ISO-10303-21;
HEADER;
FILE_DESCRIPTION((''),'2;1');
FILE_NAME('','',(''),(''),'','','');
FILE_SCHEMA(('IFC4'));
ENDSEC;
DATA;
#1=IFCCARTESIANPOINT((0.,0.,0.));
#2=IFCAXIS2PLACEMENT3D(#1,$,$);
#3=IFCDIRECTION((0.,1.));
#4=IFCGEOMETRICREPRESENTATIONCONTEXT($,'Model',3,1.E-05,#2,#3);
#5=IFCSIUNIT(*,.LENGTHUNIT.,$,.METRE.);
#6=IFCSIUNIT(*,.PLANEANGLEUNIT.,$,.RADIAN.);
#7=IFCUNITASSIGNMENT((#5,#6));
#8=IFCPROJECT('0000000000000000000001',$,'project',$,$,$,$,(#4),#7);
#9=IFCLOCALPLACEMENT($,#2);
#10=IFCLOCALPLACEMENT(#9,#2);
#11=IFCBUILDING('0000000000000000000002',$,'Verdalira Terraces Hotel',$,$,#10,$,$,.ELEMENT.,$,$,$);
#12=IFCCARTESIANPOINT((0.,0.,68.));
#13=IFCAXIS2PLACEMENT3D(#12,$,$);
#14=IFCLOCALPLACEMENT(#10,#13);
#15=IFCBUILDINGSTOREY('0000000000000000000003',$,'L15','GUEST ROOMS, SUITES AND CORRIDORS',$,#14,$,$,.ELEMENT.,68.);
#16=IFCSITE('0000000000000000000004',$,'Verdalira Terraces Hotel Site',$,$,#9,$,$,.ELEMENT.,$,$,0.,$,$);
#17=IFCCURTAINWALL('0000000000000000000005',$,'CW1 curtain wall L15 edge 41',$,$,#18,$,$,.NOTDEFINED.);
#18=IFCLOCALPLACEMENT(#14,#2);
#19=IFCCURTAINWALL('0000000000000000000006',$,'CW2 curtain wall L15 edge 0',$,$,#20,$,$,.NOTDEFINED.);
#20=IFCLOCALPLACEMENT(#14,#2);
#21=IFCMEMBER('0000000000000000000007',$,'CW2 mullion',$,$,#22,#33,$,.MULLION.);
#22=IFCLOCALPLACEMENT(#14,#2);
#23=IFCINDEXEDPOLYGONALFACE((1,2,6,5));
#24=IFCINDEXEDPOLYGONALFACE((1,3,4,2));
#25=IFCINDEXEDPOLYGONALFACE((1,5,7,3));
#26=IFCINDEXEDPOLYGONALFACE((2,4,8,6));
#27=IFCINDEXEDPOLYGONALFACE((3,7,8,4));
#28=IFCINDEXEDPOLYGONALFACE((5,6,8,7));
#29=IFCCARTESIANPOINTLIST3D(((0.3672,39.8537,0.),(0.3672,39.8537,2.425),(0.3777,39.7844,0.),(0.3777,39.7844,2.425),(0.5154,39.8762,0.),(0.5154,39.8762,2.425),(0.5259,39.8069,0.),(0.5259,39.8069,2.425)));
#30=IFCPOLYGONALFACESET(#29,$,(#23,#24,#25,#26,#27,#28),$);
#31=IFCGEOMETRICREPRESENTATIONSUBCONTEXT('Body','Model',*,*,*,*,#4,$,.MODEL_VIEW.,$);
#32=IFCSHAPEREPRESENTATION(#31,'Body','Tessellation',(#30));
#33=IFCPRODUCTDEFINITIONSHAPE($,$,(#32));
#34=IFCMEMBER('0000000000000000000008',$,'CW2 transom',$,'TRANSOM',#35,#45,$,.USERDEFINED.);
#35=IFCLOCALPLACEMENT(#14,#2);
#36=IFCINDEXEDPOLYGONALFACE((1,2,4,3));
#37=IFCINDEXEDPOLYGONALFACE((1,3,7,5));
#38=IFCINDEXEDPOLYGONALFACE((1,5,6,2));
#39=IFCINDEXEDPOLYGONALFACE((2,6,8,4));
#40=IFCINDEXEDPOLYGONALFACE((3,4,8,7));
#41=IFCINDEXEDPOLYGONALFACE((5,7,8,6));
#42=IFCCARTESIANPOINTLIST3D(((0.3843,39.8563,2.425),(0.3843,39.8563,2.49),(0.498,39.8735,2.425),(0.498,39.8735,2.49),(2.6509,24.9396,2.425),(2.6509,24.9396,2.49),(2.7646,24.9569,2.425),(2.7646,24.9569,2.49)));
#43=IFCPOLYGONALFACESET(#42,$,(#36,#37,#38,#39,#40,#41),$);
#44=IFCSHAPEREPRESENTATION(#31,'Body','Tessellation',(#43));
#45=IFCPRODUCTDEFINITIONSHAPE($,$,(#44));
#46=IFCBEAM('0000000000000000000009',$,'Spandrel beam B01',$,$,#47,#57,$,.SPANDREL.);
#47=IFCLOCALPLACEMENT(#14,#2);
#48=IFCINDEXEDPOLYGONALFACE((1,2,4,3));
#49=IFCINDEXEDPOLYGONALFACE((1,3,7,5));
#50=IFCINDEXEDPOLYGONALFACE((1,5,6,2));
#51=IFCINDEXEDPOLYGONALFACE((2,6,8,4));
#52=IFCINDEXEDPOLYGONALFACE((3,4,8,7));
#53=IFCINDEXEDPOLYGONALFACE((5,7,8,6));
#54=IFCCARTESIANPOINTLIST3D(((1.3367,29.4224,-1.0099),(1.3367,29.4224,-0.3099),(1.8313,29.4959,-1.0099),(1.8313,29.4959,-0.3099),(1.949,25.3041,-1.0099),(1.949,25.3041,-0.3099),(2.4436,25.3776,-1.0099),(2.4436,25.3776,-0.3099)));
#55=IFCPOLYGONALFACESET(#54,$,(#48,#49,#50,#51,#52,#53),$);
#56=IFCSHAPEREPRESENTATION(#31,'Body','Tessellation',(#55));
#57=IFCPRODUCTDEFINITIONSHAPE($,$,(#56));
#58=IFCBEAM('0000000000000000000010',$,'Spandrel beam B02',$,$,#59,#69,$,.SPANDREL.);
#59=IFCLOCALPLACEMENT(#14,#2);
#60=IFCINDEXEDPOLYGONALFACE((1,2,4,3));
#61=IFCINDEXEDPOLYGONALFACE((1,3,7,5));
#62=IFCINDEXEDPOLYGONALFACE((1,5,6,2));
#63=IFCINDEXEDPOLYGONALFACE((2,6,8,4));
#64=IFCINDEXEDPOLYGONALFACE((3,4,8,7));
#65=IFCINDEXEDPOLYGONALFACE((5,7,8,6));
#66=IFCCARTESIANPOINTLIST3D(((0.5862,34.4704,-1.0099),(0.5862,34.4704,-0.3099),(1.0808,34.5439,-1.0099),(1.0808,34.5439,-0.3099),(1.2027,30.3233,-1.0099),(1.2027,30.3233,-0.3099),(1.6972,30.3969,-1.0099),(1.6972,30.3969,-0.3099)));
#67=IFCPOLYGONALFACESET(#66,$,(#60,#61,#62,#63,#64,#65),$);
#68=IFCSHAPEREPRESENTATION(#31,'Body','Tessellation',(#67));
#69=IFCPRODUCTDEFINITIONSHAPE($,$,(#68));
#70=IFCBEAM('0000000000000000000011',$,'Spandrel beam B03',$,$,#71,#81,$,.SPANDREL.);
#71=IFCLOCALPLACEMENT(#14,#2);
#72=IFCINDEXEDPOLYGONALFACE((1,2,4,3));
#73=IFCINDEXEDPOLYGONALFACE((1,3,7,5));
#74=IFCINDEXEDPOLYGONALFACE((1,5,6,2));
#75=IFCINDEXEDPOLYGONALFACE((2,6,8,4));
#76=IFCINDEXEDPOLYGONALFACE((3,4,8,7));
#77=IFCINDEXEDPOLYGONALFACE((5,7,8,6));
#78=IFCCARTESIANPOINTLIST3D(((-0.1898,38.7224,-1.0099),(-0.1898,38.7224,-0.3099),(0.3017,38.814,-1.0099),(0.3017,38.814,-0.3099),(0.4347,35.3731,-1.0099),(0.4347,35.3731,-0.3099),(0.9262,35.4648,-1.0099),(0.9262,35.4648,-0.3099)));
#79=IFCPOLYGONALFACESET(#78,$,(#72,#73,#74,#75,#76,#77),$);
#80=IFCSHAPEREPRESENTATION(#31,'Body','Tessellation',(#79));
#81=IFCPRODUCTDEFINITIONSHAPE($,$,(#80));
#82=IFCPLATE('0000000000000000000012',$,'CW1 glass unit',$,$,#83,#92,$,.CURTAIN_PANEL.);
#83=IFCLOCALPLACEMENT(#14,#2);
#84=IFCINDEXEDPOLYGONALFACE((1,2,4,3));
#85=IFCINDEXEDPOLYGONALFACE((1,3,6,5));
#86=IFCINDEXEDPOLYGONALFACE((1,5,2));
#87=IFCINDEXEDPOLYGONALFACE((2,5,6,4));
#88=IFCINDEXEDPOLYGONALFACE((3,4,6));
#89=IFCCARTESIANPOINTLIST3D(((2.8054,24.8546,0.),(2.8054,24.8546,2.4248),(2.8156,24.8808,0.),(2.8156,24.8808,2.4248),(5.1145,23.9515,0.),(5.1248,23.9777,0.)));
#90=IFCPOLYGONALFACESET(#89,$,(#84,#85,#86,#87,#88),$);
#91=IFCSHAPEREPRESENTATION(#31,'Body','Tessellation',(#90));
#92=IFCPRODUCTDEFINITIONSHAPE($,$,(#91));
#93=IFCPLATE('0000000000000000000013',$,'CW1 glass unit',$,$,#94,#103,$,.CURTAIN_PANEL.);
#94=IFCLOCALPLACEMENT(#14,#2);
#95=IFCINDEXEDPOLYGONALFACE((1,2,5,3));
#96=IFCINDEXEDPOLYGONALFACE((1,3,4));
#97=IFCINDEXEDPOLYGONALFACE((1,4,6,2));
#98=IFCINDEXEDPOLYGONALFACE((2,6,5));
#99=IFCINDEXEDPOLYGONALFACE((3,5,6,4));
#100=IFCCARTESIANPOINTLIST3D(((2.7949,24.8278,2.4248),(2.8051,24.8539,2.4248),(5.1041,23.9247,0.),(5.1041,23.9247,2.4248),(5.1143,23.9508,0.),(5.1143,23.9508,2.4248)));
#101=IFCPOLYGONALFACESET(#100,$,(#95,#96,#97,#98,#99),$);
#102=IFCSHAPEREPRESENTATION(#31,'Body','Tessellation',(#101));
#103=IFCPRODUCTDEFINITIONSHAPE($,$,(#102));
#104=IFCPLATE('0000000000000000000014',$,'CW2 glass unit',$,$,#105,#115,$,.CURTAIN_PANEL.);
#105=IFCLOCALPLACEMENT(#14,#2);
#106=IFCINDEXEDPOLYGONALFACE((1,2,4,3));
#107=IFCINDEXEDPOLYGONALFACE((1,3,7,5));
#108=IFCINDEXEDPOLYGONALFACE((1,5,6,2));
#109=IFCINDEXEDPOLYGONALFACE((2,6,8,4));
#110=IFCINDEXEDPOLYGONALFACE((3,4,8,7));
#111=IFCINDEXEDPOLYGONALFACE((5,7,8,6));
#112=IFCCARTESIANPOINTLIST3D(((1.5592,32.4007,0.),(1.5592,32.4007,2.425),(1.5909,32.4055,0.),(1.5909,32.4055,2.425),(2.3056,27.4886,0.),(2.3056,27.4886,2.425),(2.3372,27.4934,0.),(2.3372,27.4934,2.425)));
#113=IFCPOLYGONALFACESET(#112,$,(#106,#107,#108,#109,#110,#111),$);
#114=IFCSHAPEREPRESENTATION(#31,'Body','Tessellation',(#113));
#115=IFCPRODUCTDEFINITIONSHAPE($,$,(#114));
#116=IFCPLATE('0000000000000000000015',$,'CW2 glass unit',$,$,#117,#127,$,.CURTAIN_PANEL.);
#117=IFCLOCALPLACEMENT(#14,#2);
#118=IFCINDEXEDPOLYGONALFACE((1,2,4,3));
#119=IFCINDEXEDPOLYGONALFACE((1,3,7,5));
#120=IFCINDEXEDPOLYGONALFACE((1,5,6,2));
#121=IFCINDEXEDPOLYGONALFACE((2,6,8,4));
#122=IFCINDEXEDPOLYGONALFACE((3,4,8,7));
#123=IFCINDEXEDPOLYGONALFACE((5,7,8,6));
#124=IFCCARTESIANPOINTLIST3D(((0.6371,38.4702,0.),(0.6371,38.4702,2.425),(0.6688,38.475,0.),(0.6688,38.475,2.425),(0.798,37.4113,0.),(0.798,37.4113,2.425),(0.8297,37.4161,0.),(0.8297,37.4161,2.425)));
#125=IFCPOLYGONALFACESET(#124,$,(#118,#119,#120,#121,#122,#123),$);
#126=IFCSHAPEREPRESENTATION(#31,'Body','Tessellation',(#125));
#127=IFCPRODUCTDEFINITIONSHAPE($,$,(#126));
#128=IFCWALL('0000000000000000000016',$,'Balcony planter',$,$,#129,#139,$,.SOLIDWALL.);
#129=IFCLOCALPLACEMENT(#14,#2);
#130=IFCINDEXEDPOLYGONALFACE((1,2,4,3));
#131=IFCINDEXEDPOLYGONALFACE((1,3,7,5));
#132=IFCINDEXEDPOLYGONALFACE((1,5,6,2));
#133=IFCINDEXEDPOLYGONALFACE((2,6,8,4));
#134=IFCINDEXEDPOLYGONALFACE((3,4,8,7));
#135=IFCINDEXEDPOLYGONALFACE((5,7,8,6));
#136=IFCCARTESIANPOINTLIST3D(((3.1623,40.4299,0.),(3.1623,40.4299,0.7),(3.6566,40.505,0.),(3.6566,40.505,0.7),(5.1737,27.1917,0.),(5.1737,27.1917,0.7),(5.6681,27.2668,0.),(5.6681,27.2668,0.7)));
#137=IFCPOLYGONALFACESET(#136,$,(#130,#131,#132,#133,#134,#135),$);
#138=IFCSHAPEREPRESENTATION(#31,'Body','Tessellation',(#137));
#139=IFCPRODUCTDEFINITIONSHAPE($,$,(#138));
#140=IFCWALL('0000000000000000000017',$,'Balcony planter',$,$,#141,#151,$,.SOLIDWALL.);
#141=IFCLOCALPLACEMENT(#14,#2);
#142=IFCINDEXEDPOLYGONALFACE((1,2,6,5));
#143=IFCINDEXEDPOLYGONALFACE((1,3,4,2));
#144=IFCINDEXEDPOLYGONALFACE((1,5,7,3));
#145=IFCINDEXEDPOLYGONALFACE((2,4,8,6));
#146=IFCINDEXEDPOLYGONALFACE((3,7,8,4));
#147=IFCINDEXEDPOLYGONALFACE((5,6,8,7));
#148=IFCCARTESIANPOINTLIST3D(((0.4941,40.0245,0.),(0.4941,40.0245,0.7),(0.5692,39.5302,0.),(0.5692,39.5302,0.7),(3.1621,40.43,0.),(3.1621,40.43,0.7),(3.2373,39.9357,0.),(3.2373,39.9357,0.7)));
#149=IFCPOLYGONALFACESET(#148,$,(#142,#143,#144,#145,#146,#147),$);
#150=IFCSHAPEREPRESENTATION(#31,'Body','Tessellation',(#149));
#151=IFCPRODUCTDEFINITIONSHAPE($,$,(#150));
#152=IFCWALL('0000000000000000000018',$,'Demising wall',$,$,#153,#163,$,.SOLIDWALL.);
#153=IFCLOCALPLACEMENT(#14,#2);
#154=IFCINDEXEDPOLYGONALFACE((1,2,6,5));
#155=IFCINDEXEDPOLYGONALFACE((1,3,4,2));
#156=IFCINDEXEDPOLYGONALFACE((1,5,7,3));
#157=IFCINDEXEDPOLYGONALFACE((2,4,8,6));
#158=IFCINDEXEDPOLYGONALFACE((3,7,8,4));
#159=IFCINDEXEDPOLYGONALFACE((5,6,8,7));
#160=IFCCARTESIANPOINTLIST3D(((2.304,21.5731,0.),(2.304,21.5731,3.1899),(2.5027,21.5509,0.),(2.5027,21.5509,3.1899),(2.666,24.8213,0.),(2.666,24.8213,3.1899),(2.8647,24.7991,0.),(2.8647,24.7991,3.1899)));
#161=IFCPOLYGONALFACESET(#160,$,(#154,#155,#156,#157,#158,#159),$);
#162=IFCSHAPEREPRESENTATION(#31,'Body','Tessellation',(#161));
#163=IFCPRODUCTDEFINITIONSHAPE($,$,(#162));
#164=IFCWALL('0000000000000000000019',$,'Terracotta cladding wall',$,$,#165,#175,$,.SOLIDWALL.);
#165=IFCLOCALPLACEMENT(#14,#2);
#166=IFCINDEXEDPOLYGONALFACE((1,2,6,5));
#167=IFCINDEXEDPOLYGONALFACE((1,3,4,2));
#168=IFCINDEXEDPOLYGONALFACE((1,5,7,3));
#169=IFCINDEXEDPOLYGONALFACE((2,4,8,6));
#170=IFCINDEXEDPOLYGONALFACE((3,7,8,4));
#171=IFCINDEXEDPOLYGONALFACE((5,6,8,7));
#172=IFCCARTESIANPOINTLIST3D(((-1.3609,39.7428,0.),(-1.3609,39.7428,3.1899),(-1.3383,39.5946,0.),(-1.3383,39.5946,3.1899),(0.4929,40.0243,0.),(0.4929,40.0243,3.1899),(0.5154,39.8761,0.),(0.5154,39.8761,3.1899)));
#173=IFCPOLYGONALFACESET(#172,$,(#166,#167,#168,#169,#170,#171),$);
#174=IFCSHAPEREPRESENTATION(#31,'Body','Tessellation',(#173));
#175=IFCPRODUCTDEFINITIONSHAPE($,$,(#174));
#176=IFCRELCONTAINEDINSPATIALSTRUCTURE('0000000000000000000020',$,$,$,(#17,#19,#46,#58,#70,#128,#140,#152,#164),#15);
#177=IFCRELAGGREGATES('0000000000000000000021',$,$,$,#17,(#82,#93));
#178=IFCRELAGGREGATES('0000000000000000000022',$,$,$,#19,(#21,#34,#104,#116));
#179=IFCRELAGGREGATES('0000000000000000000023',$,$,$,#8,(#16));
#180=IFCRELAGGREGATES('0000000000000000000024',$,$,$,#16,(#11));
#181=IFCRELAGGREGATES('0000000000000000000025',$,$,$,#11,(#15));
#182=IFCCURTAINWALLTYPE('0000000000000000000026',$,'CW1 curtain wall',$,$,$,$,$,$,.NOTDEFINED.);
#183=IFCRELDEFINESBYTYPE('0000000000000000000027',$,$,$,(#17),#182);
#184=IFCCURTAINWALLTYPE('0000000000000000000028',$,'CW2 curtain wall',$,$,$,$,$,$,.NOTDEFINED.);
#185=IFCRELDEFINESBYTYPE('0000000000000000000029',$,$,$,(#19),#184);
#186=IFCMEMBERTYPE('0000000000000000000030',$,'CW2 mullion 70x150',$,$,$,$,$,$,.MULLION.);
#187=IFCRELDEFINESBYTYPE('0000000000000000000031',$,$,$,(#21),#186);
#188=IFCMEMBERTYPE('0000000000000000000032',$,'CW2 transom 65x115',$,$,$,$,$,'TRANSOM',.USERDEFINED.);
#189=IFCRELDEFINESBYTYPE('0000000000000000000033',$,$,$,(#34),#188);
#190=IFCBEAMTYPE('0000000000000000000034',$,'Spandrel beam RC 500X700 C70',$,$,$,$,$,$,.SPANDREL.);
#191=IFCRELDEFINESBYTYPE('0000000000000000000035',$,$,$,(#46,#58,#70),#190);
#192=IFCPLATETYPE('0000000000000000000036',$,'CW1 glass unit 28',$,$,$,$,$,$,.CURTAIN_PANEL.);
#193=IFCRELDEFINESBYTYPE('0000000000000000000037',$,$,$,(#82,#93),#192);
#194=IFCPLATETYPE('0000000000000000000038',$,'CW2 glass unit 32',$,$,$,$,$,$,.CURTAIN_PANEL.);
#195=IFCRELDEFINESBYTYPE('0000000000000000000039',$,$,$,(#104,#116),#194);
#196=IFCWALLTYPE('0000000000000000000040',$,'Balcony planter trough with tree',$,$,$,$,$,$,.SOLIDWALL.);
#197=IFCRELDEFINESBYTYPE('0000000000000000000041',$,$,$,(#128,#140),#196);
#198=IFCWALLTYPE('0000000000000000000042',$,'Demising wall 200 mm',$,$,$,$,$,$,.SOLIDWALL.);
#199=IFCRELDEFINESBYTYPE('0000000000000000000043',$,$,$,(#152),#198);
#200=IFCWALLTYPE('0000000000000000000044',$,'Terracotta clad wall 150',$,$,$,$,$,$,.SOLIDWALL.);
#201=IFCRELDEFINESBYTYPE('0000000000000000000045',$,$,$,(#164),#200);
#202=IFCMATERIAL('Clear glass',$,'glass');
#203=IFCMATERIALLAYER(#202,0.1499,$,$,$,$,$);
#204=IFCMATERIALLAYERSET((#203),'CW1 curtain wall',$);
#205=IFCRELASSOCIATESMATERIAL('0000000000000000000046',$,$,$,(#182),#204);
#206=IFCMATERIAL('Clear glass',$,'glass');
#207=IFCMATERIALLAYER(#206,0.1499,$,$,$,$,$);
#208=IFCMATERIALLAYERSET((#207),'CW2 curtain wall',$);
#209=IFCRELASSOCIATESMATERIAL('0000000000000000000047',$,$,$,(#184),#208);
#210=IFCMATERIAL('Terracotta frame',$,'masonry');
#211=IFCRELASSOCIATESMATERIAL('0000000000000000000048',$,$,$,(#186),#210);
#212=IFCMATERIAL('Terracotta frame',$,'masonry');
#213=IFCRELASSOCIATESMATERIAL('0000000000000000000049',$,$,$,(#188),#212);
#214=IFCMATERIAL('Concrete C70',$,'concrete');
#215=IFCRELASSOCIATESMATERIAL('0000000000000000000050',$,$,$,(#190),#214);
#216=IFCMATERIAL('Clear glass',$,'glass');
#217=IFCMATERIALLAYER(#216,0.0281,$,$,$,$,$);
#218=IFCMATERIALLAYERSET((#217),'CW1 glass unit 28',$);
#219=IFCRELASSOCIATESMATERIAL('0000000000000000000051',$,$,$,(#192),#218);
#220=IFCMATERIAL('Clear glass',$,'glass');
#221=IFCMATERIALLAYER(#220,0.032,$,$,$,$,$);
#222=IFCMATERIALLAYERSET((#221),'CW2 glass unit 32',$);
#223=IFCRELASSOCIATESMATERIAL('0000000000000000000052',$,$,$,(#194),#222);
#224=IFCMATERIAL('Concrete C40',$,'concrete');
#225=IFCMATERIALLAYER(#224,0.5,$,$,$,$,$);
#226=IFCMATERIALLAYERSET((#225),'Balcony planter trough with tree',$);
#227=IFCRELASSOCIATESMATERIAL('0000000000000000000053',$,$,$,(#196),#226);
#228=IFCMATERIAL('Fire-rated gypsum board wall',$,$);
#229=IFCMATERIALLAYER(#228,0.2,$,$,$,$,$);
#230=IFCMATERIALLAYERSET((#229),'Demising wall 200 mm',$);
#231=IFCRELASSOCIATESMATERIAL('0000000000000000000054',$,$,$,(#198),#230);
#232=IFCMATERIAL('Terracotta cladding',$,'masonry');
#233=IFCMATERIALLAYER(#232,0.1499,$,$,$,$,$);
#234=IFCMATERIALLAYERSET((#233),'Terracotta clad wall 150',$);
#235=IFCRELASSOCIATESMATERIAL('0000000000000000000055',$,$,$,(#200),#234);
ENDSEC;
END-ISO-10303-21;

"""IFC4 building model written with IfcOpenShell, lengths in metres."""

from ifc_helpers import new_model, si_unit, direction, frame, frame_2d, origin, origin_2d, place, context, subcontext, project, spatial, polyline, rectangle, outline, extrude, material, layer, layer_set, material_profile, profile_set, type_object, element, aggregate, save


model = new_model("IFC4")

# Units and contexts
model_context = context("Model", 3, precision=1e-05, world=origin(), true_north=direction((0.0, 1.0)))
body_context = subcontext(model_context, "Body", "Model", "MODEL_VIEW")
ifc_project = project(units=[si_unit("LENGTHUNIT", "METRE"), si_unit("PLANEANGLEUNIT", "RADIAN")], contexts=[model_context])

# Site, building, storey
site_placement = place(None, origin())
site = spatial("IfcSite", under=ifc_project, at=site_placement, Name="Verdalira Terraces Hotel Site", CompositionType="ELEMENT", RefElevation=0.0)
building_placement = place(site_placement, origin())
building = spatial("IfcBuilding", under=site, at=building_placement, Name="Verdalira Terraces Hotel", CompositionType="ELEMENT")
storey_placement = place(building_placement, frame((0.0, 0.0, 68.0)))
storey = spatial("IfcBuildingStorey", under=building, at=storey_placement, Name="L15", Description="GUEST ROOMS, SUITES AND CORRIDORS", CompositionType="ELEMENT", Elevation=68.0)

# Curtain wall
ifc_material_1 = material(Name="Clear glass", Category="glass")
ifc_layer_1 = layer(ifc_material_1, 0.1499)
ifc_layer_set_1 = layer_set([ifc_layer_1], Name="CW1 curtain wall")
curtain_wall_type_1 = type_object("IfcCurtainWallType", Name="CW1 curtain wall", PredefinedType="NOTDEFINED", material=ifc_layer_set_1)
curtain_wall_1_placement = place(storey_placement, origin())
curtain_wall_1 = element("IfcCurtainWall", 1, at=curtain_wall_1_placement, inside=storey, type_object=curtain_wall_type_1, Name="CW1 curtain wall L15 edge 41", PredefinedType="NOTDEFINED")

# Curtain wall, members
ifc_material_2 = material(Name="Clear glass", Category="glass")
ifc_layer_2 = layer(ifc_material_2, 0.1499)
ifc_layer_set_2 = layer_set([ifc_layer_2], Name="CW2 curtain wall")
curtain_wall_type_2 = type_object("IfcCurtainWallType", Name="CW2 curtain wall", PredefinedType="NOTDEFINED", material=ifc_layer_set_2)
curtain_wall_2_placement = place(storey_placement, origin())
curtain_wall_2 = element("IfcCurtainWall", 2, at=curtain_wall_2_placement, inside=storey, type_object=curtain_wall_type_2, Name="CW2 curtain wall L15 edge 0", PredefinedType="NOTDEFINED")
ifc_material_3 = material(Name="Terracotta frame", Category="masonry")
ifc_material_profile_1 = material_profile(ifc_material_3, rectangle(XDim=0.0701, YDim=0.1499, at=origin_2d()), Name="MU 70x150")
ifc_profile_set_1 = profile_set([ifc_material_profile_1], Name="Terracotta frame")
member_type_1 = type_object("IfcMemberType", Name="CW2 mullion 70x150", PredefinedType="MULLION", material=ifc_profile_set_1)
member_1_placement = place(storey_placement, frame((0.4465, 39.8303, 0.0), z_axis=(0.0, 0.0, 1.0), x_axis=(-0.150226, 0.988652, 0.0)))
member_1 = element("IfcMember", 3, at=member_1_placement, type_object=member_type_1, Name="CW2 mullion", PredefinedType="MULLION", context=body_context, shape_type="SweptSolid", body=[
    extrude(rectangle(XDim=0.0701, YDim=0.1499, at=origin_2d()), origin(), (0.0, 0.0, 1.0), 2.425),
])
ifc_material_4 = material(Name="Terracotta frame", Category="masonry")
ifc_material_profile_2 = material_profile(ifc_material_4, rectangle(XDim=0.115, YDim=0.0649, at=origin_2d()), Name="TR 65x115")
ifc_profile_set_2 = profile_set([ifc_material_profile_2], Name="Terracotta frame")
member_type_2 = type_object("IfcMemberType", Name="CW2 transom 65x115", ElementType="TRANSOM", PredefinedType="USERDEFINED", material=ifc_profile_set_2)
member_2_placement = place(storey_placement, frame((2.7078, 24.9482, 2.4575), z_axis=(-0.150226, 0.988652, 0.0), x_axis=(-0.988652, -0.150226, 0.0)))
member_2 = element("IfcMember", 4, at=member_2_placement, type_object=member_type_2, Name="CW2 transom", ObjectType="TRANSOM", PredefinedType="USERDEFINED", context=body_context, shape_type="SweptSolid", body=[
    extrude(rectangle(XDim=0.115, YDim=0.0649, at=origin_2d()), origin(), (0.0, 0.0, 1.0), 15.0879),
])

# Beams
ifc_material_5 = material(Name="Concrete C70", Category="concrete")
ifc_material_profile_3 = material_profile(ifc_material_5, rectangle(XDim=0.5, YDim=0.7, at=origin_2d()), Name="RC 500X700")
ifc_profile_set_3 = profile_set([ifc_material_profile_3], Name="Concrete C70")
beam_type_1 = type_object("IfcBeamType", Name="Spandrel beam RC 500X700 C70", PredefinedType="SPANDREL", material=ifc_profile_set_3)
beam_1_placement = place(storey_placement, frame((2.1963, 25.3408, -0.6599), z_axis=(-0.147059, 0.989128, 0.0), x_axis=(-0.989128, -0.147059, 0.0)))
element("IfcBeam", 5, at=beam_1_placement, inside=storey, type_object=beam_type_1, Name="Spandrel beam B01", PredefinedType="SPANDREL", context=body_context, shape_type="SweptSolid", body=[
    extrude(rectangle(XDim=0.5, YDim=0.7, at=origin_2d()), origin(), (0.0, 0.0, 1.0), 4.1636),
])
beam_2_placement = place(storey_placement, frame((1.45, 30.3601, -0.6599), z_axis=(-0.147036, 0.989131, 0.0), x_axis=(-0.989131, -0.147036, 0.0)))
element("IfcBeam", 6, at=beam_2_placement, inside=storey, type_object=beam_type_1, Name="Spandrel beam B02", PredefinedType="SPANDREL", context=body_context, shape_type="SweptSolid", body=[
    extrude(rectangle(XDim=0.5, YDim=0.7, at=origin_2d()), origin(), (0.0, 0.0, 1.0), 4.1926),
])
beam_3_placement = place(storey_placement, frame((0.6804, 35.4189, -0.6599), z_axis=(-0.183298, 0.983057, 0.0), x_axis=(-0.983057, -0.183298, 0.0)))
element("IfcBeam", 7, at=beam_3_placement, inside=storey, type_object=beam_type_1, Name="Spandrel beam B03", PredefinedType="SPANDREL", context=body_context, shape_type="SweptSolid", body=[
    extrude(rectangle(XDim=0.5, YDim=0.7, at=origin_2d()), origin(), (0.0, 0.0, 1.0), 3.407),
])

# Plates
ifc_material_6 = material(Name="Clear glass", Category="glass")
ifc_layer_3 = layer(ifc_material_6, 0.0281)
ifc_layer_set_3 = layer_set([ifc_layer_3], Name="CW1 glass unit 28")
plate_type_1 = type_object("IfcPlateType", Name="CW1 glass unit 28", PredefinedType="CURTAIN_PANEL", material=ifc_layer_set_3)
plate_1_placement = place(storey_placement, frame((3.96, 24.4031, 1.2124), z_axis=(0.364227, 0.93131, 0.0), x_axis=(-0.93131, 0.364227, 0.0)))
plate_1 = element("IfcPlate", 8, at=plate_1_placement, type_object=plate_type_1, Name="CW1 glass unit", PredefinedType="CURTAIN_PANEL", context=body_context, shape_type="SweptSolid", body=[
    extrude(outline(polyline([(-1.2397, -1.2124), (1.2397, -1.2124), (1.2397, 1.2124), (-1.2397, -1.2124)])), origin(), (0.0, 0.0, 1.0), 0.0281),
])
plate_2_placement = place(storey_placement, frame((3.9495, 24.3762, 1.2124), z_axis=(0.364227, 0.93131, 0.0), x_axis=(-0.93131, 0.364227, 0.0)))
plate_2 = element("IfcPlate", 9, at=plate_2_placement, type_object=plate_type_1, Name="CW1 glass unit", PredefinedType="CURTAIN_PANEL", context=body_context, shape_type="SweptSolid", body=[
    extrude(outline(polyline([(-1.2397, -1.2124), (1.2397, 1.2124), (-1.2397, 1.2124), (-1.2397, -1.2124)])), origin(), (0.0, 0.0, 1.0), 0.0281),
])
aggregate(curtain_wall_1, [plate_1, plate_2])
ifc_material_7 = material(Name="Clear glass", Category="glass")
ifc_layer_4 = layer(ifc_material_7, 0.032)
ifc_layer_set_4 = layer_set([ifc_layer_4], Name="CW2 glass unit 32")
plate_type_2 = type_object("IfcPlateType", Name="CW2 glass unit 32", PredefinedType="CURTAIN_PANEL", material=ifc_layer_set_4)
plate_3_placement = place(storey_placement, frame((1.9482, 29.947, 0.0), z_axis=(0.0, 0.0, 1.0), x_axis=(-0.150226, 0.988652, 0.0)))
plate_3 = element("IfcPlate", 10, at=plate_3_placement, type_object=plate_type_2, Name="CW2 glass unit", PredefinedType="CURTAIN_PANEL", context=body_context, shape_type="SweptSolid", body=[
    extrude(rectangle(XDim=4.9685, YDim=0.032, at=origin_2d()), origin(), (0.0, 0.0, 1.0), 2.425),
])
plate_4_placement = place(storey_placement, frame((0.7334, 37.9431, 0.0), z_axis=(0.0, 0.0, 1.0), x_axis=(-0.150226, 0.988652, 0.0)))
plate_4 = element("IfcPlate", 11, at=plate_4_placement, type_object=plate_type_2, Name="CW2 glass unit", PredefinedType="CURTAIN_PANEL", context=body_context, shape_type="SweptSolid", body=[
    extrude(rectangle(XDim=1.071, YDim=0.032, at=origin_2d()), origin(), (0.0, 0.0, 1.0), 2.425),
])
aggregate(curtain_wall_2, [member_1, member_2, plate_3, plate_4])

# Walls
ifc_material_8 = material(Name="Concrete C40", Category="concrete")
ifc_layer_5 = layer(ifc_material_8, 0.5)
ifc_layer_set_5 = layer_set([ifc_layer_5], Name="Balcony planter trough with tree")
wall_type_1 = type_object("IfcWallType", Name="Balcony planter trough with tree", PredefinedType="SOLIDWALL", material=ifc_layer_set_5)
wall_1_placement = place(storey_placement, frame((5.4209, 27.2292, 0.0), z_axis=(0.0, 0.0, 1.0), x_axis=(-0.15022, 0.988653, 0.0)))
element("IfcWall", 12, at=wall_1_placement, inside=storey, type_object=wall_type_1, Name="Balcony planter", PredefinedType="SOLIDWALL", context=body_context, shape_type="SweptSolid", body=[
    extrude(rectangle(XDim=13.3901, YDim=0.5, at=frame_2d((6.6951, 0.0))), origin(), (0.0, 0.0, 1.0), 0.7),
])
wall_2_placement = place(storey_placement, frame((3.1997, 40.1829, 0.0), z_axis=(0.0, 0.0, 1.0), x_axis=(-0.988647, -0.150256, 0.0)))
element("IfcWall", 13, at=wall_2_placement, inside=storey, type_object=wall_type_1, Name="Balcony planter", PredefinedType="SOLIDWALL", context=body_context, shape_type="SweptSolid", body=[
    extrude(rectangle(XDim=2.6987, YDim=0.5, at=frame_2d((1.3494, 0.0))), origin(), (0.0, 0.0, 1.0), 0.7),
])
ifc_material_9 = material(Name="Fire-rated gypsum board wall")
ifc_layer_6 = layer(ifc_material_9, 0.2)
ifc_layer_set_6 = layer_set([ifc_layer_6], Name="Demising wall 200 mm")
wall_type_2 = type_object("IfcWallType", Name="Demising wall 200 mm", PredefinedType="SOLIDWALL", material=ifc_layer_set_6)
wall_3_placement = place(storey_placement, frame((2.7654, 24.8103, 0.0), z_axis=(0.0, 0.0, 1.0), x_axis=(-0.110776, -0.993845, 0.0)))
element("IfcWall", 14, at=wall_3_placement, inside=storey, type_object=wall_type_2, Name="Demising wall", PredefinedType="SOLIDWALL", context=body_context, shape_type="SweptSolid", body=[
    extrude(rectangle(XDim=3.2683, YDim=0.2, at=frame_2d((1.6343, 0.0))), origin(), (0.0, 0.0, 1.0), 3.1899),
])
ifc_material_10 = material(Name="Terracotta cladding", Category="masonry")
ifc_layer_7 = layer(ifc_material_10, 0.1499)
ifc_layer_set_7 = layer_set([ifc_layer_7], Name="Terracotta clad wall 150")
wall_type_3 = type_object("IfcWallType", Name="Terracotta clad wall 150", PredefinedType="SOLIDWALL", material=ifc_layer_set_7)
wall_4_placement = place(storey_placement, frame((0.5041, 39.9502, 0.0), z_axis=(0.0, 0.0, 1.0), x_axis=(-0.988666, -0.150129, 0.0)))
element("IfcWall", 15, at=wall_4_placement, inside=storey, type_object=wall_type_3, Name="Terracotta cladding wall", PredefinedType="SOLIDWALL", context=body_context, shape_type="SweptSolid", body=[
    extrude(rectangle(XDim=1.875, YDim=0.1499, at=frame_2d((0.9375, 0.0))), origin(), (0.0, 0.0, 1.0), 3.1899),
])

save(model, "model.ifc")
